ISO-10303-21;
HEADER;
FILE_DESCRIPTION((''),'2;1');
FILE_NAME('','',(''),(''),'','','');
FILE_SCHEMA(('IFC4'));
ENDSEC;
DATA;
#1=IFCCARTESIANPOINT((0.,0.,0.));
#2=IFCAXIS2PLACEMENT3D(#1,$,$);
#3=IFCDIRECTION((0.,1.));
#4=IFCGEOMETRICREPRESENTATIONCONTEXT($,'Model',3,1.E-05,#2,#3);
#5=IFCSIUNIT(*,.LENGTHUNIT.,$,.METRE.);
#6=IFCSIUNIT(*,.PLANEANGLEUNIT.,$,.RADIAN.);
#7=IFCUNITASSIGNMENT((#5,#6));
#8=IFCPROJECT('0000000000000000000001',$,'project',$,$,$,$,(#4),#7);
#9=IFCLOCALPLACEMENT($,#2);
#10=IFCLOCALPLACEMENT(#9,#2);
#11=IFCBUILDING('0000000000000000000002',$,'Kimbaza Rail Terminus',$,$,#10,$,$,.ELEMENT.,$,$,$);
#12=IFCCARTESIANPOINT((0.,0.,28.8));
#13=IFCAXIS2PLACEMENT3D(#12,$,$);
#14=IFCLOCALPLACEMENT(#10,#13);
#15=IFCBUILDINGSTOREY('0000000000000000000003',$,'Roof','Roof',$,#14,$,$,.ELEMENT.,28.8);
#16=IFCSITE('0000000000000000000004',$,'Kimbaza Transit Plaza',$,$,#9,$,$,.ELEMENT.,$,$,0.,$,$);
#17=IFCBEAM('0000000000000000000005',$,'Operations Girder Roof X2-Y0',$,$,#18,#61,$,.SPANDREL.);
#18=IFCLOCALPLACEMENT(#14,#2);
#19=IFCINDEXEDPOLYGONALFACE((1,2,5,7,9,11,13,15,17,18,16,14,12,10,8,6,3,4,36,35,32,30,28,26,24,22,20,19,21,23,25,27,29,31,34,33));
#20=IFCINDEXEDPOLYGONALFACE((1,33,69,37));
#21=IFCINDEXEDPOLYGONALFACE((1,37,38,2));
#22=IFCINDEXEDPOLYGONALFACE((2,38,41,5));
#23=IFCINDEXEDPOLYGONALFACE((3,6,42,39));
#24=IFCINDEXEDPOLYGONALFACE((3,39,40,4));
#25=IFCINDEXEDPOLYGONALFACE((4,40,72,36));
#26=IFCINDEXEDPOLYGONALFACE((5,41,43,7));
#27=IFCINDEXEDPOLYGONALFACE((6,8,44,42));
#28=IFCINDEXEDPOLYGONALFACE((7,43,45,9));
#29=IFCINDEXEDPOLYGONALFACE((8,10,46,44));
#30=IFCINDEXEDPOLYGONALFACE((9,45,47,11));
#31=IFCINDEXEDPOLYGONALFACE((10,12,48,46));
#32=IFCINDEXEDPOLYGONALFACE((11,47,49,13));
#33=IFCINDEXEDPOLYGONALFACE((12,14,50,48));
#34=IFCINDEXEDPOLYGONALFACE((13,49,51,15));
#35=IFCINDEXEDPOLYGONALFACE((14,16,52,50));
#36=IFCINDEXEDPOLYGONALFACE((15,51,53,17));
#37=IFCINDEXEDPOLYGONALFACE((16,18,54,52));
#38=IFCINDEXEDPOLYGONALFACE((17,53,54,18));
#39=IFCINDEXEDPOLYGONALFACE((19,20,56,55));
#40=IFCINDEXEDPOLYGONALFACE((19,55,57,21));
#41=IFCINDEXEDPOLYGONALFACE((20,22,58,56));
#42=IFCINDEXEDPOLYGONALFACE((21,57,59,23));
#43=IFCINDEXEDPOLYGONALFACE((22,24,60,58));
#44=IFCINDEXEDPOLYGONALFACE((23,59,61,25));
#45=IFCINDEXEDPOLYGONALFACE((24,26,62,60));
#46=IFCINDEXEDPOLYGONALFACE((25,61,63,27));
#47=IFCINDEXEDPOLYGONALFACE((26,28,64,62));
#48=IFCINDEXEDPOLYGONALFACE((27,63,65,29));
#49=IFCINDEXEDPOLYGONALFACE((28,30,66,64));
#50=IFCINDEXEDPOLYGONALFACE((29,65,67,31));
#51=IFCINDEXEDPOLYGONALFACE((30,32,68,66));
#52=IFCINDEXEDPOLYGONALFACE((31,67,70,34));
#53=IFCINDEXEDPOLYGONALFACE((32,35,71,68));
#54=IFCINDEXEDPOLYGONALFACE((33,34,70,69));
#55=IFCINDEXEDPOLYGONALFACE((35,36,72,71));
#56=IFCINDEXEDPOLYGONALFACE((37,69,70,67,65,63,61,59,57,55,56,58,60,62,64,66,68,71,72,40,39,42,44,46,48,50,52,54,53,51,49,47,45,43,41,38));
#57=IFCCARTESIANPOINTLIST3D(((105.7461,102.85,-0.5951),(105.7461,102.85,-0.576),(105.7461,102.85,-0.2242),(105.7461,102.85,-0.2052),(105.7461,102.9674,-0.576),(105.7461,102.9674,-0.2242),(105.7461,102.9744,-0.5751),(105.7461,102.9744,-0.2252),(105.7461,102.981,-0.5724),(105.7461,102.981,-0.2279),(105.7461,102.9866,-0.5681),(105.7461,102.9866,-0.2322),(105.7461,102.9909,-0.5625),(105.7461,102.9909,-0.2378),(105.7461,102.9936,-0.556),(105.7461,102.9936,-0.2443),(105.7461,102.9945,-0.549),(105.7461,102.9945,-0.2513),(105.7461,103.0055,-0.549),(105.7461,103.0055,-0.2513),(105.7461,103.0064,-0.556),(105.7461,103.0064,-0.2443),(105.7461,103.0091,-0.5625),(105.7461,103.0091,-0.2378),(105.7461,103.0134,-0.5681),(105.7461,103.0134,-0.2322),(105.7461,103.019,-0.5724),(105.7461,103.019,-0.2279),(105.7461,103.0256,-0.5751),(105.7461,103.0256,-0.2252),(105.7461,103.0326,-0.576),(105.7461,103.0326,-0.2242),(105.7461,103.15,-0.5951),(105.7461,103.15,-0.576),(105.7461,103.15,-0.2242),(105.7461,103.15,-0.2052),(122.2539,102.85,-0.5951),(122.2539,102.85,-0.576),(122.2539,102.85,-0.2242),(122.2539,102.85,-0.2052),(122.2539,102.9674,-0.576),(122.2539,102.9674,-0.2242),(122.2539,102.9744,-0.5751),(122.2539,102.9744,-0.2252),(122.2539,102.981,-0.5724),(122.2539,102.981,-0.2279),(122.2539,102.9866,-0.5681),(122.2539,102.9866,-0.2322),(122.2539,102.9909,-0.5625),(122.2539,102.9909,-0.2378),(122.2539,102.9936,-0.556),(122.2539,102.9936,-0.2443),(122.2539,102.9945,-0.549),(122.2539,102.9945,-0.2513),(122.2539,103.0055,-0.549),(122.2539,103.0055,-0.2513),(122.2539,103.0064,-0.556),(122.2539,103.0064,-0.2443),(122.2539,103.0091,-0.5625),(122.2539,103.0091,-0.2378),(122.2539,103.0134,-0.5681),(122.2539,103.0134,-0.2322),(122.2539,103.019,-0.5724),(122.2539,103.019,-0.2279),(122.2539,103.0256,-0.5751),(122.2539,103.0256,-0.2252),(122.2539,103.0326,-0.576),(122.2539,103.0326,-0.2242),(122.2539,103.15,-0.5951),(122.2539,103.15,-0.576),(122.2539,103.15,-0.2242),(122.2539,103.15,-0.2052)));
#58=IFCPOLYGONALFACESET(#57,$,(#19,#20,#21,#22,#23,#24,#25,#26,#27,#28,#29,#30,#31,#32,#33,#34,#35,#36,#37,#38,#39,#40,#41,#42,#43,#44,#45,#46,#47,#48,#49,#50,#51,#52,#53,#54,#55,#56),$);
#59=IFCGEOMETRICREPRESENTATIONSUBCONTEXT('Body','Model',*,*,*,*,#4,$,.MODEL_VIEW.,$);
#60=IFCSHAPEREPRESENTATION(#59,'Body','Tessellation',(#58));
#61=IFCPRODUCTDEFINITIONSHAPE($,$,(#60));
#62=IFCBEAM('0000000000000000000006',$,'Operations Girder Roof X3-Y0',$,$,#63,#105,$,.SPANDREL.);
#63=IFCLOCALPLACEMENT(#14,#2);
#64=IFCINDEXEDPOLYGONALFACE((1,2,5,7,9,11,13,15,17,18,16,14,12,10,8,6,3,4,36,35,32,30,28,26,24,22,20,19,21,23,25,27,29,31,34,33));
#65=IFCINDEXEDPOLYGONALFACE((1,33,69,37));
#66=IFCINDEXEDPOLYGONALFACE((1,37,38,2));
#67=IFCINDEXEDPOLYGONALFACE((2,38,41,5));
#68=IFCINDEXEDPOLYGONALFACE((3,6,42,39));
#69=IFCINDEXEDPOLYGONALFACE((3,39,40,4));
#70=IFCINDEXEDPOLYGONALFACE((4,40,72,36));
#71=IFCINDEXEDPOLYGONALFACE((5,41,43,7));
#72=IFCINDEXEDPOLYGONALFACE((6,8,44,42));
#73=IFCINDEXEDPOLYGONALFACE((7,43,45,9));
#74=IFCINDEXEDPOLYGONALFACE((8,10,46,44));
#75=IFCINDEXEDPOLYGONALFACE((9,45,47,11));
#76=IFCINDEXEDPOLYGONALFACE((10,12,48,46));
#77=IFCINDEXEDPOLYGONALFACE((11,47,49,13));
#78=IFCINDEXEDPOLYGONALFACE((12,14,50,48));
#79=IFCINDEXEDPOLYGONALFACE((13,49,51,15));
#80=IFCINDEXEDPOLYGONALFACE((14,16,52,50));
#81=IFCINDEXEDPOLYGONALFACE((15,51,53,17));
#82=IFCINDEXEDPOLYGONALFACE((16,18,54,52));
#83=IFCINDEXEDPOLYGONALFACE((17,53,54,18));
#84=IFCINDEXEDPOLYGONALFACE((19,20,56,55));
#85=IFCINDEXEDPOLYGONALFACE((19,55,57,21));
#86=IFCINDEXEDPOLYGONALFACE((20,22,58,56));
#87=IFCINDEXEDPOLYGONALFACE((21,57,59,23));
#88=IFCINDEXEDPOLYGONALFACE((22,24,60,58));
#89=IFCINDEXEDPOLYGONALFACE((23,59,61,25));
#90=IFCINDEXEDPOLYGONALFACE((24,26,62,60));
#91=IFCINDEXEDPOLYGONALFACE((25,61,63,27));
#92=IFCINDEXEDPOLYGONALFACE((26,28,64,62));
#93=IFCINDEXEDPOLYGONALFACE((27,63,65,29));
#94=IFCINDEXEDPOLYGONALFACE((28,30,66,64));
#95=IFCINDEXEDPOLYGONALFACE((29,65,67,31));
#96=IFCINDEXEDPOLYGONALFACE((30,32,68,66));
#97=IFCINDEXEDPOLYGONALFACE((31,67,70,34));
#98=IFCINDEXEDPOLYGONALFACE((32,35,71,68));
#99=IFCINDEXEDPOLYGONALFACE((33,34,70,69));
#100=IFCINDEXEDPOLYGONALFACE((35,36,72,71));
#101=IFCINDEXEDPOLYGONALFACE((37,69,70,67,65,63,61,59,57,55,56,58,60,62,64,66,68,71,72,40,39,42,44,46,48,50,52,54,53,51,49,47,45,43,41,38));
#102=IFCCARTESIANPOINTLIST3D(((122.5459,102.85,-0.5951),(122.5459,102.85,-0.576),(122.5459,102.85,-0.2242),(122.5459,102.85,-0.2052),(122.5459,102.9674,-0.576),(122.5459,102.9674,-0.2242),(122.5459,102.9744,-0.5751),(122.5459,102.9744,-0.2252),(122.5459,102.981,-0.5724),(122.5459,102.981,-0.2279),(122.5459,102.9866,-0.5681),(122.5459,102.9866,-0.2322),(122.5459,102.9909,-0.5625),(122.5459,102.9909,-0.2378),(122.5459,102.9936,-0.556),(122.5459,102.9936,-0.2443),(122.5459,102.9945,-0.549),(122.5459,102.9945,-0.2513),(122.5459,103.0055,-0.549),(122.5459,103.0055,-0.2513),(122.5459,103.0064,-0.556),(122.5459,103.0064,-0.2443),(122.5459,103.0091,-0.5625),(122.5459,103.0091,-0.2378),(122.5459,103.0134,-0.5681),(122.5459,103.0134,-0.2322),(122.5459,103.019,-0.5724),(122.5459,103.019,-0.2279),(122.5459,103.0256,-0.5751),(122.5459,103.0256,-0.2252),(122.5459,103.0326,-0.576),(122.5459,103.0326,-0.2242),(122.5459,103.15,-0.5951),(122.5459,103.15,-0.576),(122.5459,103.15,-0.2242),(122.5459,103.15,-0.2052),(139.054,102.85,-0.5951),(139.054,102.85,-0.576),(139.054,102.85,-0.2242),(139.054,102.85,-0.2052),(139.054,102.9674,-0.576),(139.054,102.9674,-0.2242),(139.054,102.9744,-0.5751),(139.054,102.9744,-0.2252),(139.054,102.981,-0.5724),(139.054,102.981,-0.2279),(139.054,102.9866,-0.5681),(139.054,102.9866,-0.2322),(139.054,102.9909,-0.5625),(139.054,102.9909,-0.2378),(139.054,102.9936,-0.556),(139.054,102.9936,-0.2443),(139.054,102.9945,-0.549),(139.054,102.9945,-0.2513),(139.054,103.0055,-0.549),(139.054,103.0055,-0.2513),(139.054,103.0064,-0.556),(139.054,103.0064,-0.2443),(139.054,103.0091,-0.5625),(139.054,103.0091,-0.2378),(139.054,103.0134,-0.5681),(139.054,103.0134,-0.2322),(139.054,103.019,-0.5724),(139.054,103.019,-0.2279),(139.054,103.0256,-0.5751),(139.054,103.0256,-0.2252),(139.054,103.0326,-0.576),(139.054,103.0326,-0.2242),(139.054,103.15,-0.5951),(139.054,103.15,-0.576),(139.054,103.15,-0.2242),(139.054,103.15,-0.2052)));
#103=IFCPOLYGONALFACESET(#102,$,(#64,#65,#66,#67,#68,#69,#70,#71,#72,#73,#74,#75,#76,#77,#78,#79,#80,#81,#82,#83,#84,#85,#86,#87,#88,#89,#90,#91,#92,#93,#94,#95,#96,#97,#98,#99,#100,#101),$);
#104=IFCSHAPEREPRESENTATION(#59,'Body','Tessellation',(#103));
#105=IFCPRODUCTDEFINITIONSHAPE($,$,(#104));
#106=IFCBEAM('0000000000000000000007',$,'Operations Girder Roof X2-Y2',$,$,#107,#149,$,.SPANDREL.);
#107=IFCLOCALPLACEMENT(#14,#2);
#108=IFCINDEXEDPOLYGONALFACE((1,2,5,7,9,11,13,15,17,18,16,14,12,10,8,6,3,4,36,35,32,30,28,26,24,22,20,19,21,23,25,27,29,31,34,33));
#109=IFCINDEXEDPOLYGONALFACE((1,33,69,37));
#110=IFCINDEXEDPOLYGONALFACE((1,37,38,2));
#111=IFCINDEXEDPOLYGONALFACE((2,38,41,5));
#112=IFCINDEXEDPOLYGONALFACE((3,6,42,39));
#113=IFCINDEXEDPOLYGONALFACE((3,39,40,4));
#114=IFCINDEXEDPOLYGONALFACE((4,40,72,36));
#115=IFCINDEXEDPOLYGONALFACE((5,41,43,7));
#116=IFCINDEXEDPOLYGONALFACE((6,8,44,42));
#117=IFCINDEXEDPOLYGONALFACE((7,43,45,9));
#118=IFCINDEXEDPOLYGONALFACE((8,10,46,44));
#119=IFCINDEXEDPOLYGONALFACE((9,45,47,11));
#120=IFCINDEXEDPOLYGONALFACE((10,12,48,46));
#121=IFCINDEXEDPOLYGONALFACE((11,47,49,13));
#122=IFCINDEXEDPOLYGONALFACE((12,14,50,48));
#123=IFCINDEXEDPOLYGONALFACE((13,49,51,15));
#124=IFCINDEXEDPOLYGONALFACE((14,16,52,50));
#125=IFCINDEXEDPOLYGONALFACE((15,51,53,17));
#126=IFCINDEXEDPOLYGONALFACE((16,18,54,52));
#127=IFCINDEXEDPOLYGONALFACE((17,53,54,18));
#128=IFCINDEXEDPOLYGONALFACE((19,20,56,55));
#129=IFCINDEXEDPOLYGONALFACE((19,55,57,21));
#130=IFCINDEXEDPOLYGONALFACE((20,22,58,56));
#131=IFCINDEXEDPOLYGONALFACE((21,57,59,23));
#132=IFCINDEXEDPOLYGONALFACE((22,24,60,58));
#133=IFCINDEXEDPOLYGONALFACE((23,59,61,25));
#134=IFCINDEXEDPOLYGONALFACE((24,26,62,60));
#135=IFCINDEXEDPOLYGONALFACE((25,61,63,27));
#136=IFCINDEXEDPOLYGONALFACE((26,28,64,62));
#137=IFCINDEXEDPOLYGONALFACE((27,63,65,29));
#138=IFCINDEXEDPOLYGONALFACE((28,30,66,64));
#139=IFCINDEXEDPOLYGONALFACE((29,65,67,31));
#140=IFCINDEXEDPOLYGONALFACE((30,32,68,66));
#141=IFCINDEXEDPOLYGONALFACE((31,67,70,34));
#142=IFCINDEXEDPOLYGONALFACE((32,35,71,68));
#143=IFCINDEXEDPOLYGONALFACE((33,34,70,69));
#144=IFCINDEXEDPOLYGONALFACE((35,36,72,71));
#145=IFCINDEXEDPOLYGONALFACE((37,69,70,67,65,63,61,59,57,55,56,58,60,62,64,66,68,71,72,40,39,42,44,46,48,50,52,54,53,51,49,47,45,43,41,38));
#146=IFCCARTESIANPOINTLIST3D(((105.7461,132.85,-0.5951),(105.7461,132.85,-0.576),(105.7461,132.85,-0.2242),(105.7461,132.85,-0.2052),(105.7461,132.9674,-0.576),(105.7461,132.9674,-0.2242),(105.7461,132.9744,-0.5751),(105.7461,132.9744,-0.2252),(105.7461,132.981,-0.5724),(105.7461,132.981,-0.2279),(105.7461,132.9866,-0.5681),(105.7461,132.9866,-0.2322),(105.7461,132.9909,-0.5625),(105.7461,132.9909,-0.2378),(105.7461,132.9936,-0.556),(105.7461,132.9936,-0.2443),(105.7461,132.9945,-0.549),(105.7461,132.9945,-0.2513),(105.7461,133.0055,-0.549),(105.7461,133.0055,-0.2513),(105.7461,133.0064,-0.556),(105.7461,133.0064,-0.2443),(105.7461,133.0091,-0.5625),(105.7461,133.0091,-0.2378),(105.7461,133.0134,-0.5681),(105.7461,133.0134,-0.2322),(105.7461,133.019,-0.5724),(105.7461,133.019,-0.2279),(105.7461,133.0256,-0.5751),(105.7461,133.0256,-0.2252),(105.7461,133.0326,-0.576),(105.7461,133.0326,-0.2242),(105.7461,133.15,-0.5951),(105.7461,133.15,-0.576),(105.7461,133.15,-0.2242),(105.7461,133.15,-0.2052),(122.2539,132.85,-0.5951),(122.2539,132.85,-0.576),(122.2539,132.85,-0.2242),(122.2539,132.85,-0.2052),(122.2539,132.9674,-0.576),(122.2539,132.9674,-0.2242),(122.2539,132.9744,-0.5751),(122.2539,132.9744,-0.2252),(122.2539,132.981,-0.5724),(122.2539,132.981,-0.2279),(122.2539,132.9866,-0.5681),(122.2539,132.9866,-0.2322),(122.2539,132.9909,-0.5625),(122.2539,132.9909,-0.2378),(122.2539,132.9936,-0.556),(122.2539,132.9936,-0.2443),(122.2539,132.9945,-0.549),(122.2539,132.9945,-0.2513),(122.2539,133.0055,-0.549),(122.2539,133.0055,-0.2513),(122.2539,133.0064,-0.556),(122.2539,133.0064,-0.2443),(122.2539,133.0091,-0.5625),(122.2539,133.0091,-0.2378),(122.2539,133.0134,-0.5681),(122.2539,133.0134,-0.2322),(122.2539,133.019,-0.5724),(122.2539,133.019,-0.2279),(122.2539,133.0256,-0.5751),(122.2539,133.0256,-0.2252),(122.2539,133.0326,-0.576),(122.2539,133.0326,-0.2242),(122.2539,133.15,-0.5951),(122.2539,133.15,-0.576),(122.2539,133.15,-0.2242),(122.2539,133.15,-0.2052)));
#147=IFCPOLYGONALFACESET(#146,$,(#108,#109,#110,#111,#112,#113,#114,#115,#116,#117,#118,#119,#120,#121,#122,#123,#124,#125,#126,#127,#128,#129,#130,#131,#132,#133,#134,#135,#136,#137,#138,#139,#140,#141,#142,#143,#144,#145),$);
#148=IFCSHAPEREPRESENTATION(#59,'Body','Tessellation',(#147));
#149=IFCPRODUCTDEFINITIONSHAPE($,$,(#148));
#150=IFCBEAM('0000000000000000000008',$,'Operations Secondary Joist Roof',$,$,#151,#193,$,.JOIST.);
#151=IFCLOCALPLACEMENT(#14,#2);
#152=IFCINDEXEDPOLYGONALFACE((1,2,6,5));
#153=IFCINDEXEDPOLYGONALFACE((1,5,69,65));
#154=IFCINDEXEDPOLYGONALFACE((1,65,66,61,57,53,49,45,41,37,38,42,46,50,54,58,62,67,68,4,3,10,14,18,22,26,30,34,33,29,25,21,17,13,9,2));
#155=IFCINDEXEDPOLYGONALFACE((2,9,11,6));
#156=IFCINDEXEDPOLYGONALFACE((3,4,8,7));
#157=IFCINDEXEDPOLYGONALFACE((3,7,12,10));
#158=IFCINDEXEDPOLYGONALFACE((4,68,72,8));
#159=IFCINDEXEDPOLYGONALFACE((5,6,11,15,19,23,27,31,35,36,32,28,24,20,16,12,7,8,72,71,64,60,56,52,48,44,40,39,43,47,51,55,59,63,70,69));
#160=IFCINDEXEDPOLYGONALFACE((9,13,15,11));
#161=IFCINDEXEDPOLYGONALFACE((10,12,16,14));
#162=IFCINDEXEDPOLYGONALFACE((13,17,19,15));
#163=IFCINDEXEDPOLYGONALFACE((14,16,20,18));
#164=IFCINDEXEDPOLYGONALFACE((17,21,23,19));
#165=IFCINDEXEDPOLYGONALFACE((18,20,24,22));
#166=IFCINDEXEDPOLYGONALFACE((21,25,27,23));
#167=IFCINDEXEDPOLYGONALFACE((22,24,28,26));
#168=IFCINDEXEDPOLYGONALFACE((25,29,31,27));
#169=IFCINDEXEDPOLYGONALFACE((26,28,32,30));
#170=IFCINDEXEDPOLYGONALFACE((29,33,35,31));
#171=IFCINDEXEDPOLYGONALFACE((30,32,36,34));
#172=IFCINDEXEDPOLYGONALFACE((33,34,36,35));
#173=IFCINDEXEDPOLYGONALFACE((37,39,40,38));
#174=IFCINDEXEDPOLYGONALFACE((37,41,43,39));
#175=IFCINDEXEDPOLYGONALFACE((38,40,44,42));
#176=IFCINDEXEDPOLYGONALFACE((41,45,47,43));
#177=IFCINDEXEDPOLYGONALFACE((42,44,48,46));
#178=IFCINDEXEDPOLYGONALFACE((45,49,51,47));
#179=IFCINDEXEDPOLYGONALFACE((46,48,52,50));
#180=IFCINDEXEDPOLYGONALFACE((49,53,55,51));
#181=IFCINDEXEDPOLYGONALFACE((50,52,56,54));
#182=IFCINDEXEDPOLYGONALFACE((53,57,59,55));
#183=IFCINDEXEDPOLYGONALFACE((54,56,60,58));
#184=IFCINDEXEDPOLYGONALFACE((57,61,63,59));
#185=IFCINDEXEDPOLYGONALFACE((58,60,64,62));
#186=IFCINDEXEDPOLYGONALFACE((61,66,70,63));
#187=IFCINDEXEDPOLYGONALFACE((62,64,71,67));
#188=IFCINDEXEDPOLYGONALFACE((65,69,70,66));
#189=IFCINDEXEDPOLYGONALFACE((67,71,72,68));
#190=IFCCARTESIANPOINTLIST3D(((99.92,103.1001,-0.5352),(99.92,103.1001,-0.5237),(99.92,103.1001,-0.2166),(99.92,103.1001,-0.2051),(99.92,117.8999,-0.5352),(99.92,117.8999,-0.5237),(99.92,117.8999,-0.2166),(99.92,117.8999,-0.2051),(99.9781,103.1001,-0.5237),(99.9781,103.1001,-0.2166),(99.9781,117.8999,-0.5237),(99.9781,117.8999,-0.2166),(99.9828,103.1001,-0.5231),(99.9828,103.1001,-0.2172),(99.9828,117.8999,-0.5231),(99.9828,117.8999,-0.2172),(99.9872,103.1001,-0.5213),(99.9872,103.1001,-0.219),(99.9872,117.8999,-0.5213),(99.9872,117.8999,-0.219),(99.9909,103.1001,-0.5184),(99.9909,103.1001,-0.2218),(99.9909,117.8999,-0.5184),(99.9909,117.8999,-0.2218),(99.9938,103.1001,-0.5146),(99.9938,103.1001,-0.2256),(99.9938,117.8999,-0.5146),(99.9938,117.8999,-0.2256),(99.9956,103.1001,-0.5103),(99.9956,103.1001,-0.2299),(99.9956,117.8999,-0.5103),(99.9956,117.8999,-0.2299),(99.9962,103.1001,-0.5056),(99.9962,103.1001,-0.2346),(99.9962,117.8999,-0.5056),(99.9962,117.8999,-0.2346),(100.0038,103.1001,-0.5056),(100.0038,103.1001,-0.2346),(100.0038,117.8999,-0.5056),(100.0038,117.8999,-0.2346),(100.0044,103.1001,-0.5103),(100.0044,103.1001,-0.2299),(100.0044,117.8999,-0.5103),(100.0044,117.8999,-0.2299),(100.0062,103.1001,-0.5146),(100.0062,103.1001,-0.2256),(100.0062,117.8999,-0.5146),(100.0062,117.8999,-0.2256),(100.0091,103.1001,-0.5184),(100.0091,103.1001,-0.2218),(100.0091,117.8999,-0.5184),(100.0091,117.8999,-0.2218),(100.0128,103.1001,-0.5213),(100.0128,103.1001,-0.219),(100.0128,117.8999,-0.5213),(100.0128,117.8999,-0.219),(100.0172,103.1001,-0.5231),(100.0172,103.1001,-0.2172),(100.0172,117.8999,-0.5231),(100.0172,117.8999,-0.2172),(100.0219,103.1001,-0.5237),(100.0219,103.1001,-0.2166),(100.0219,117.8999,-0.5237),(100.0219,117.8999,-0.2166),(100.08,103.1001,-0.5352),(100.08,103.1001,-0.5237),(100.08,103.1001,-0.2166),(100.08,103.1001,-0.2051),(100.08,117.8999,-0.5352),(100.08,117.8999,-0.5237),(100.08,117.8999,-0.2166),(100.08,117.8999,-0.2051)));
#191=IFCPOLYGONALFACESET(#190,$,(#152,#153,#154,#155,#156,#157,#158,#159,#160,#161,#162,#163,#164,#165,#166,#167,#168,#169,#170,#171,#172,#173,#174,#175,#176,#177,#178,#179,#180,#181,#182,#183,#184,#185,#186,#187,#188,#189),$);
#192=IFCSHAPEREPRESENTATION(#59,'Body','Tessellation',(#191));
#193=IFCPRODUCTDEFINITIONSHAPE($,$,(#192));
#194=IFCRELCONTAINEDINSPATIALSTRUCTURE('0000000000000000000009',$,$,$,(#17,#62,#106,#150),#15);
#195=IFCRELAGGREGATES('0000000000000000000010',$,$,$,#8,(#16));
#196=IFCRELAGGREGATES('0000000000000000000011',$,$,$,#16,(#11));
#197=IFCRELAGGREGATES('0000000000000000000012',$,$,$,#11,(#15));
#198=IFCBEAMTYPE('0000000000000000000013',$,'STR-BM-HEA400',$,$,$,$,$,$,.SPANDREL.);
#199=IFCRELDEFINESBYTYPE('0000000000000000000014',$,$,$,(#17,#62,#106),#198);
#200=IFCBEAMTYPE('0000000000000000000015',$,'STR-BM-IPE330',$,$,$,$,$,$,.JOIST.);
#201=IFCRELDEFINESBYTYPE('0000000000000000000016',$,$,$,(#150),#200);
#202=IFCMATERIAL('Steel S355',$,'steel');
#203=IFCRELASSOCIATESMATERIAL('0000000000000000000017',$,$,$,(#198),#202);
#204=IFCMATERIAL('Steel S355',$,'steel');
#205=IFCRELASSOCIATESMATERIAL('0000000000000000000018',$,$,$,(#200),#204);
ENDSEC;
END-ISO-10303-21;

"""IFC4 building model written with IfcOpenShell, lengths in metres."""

from ifc_helpers import new_model, si_unit, direction, frame, origin, origin_2d, place, context, subcontext, project, spatial, i_section, extrude, material, material_profile, profile_set, type_object, element, save


model = new_model("IFC4")

# Units and contexts
model_context = context("Model", 3, precision=1e-05, world=origin(), true_north=direction((0.0, 1.0)))
body_context = subcontext(model_context, "Body", "Model", "MODEL_VIEW")
ifc_project = project(units=[si_unit("LENGTHUNIT", "METRE"), si_unit("PLANEANGLEUNIT", "RADIAN")], contexts=[model_context])

# Site, building, storey
site_placement = place(None, origin())
site = spatial("IfcSite", under=ifc_project, at=site_placement, Name="Kimbaza Transit Plaza", CompositionType="ELEMENT", RefElevation=0.0)
building_placement = place(site_placement, origin())
building = spatial("IfcBuilding", under=site, at=building_placement, Name="Kimbaza Rail Terminus", CompositionType="ELEMENT")
storey_placement = place(building_placement, frame((0.0, 0.0, 28.8)))
storey = spatial("IfcBuildingStorey", under=building, at=storey_placement, Name="Roof", Description="Roof", CompositionType="ELEMENT", Elevation=28.8)

# Beams
ifc_material_1 = material(Name="Steel S355", Category="steel")
ifc_material_profile_1 = material_profile(ifc_material_1, i_section(OverallWidth=0.3, OverallDepth=0.3899, WebThickness=0.011, FlangeThickness=0.019, FilletRadius=0.0271, at=origin_2d()), Name="HEA 400")
ifc_profile_set_1 = profile_set([ifc_material_profile_1], Name="Steel S355")
beam_type_1 = type_object("IfcBeamType", Name="STR-BM-HEA400", PredefinedType="SPANDREL", material=ifc_profile_set_1)
beam_1_placement = place(storey_placement, frame((105.7461, 103.0, -0.4001), z_axis=(1.0, 0.0, 0.0), x_axis=(0.0, 1.0, 0.0)))
element("IfcBeam", 1, at=beam_1_placement, inside=storey, type_object=beam_type_1, Name="Operations Girder Roof X2-Y0", PredefinedType="SPANDREL", context=body_context, shape_type="SweptSolid", body=[
    extrude(i_section(OverallWidth=0.3, OverallDepth=0.3899, WebThickness=0.011, FlangeThickness=0.019, FilletRadius=0.0271, at=origin_2d()), origin(), (0.0, 0.0, 1.0), 16.5078),
])
beam_2_placement = place(storey_placement, frame((122.5459, 103.0, -0.4001), z_axis=(1.0, 0.0, 0.0), x_axis=(0.0, 1.0, 0.0)))
element("IfcBeam", 2, at=beam_2_placement, inside=storey, type_object=beam_type_1, Name="Operations Girder Roof X3-Y0", PredefinedType="SPANDREL", context=body_context, shape_type="SweptSolid", body=[
    extrude(i_section(OverallWidth=0.3, OverallDepth=0.3899, WebThickness=0.011, FlangeThickness=0.019, FilletRadius=0.0271, at=origin_2d()), origin(), (0.0, 0.0, 1.0), 16.5081),
])
beam_3_placement = place(storey_placement, frame((105.7461, 133.0, -0.4001), z_axis=(1.0, 0.0, 0.0), x_axis=(0.0, 1.0, 0.0)))
element("IfcBeam", 3, at=beam_3_placement, inside=storey, type_object=beam_type_1, Name="Operations Girder Roof X2-Y2", PredefinedType="SPANDREL", context=body_context, shape_type="SweptSolid", body=[
    extrude(i_section(OverallWidth=0.3, OverallDepth=0.3899, WebThickness=0.011, FlangeThickness=0.019, FilletRadius=0.0271, at=origin_2d()), origin(), (0.0, 0.0, 1.0), 16.5078),
])
ifc_material_2 = material(Name="Steel S355", Category="steel")
ifc_material_profile_2 = material_profile(ifc_material_2, i_section(OverallWidth=0.1599, OverallDepth=0.3301, WebThickness=0.0076, FlangeThickness=0.0115, FilletRadius=0.0181, at=origin_2d()), Name="IPE 330")
ifc_profile_set_2 = profile_set([ifc_material_profile_2], Name="Steel S355")
beam_type_2 = type_object("IfcBeamType", Name="STR-BM-IPE330", PredefinedType="JOIST", material=ifc_profile_set_2)
for number, where, z_axis, x_axis, name in (
    (4, (100.0, 103.1001, -0.3701), (0.0, 1.0, 0.0), (-1.0, 0.0, 0.0), "Operations Secondary Joist Roof"),
):
    element("IfcBeam", number, at=place(storey_placement, frame(where, z_axis=z_axis, x_axis=x_axis)), inside=storey, type_object=beam_type_2, Name=name, PredefinedType="JOIST", context=body_context, shape_type="SweptSolid", body=[
        extrude(i_section(OverallWidth=0.1599, OverallDepth=0.3301, WebThickness=0.0076, FlangeThickness=0.0115, FilletRadius=0.0181, at=origin_2d()), origin(), (0.0, 0.0, 1.0), 14.7998),
    ])

save(model, "model.ifc")
